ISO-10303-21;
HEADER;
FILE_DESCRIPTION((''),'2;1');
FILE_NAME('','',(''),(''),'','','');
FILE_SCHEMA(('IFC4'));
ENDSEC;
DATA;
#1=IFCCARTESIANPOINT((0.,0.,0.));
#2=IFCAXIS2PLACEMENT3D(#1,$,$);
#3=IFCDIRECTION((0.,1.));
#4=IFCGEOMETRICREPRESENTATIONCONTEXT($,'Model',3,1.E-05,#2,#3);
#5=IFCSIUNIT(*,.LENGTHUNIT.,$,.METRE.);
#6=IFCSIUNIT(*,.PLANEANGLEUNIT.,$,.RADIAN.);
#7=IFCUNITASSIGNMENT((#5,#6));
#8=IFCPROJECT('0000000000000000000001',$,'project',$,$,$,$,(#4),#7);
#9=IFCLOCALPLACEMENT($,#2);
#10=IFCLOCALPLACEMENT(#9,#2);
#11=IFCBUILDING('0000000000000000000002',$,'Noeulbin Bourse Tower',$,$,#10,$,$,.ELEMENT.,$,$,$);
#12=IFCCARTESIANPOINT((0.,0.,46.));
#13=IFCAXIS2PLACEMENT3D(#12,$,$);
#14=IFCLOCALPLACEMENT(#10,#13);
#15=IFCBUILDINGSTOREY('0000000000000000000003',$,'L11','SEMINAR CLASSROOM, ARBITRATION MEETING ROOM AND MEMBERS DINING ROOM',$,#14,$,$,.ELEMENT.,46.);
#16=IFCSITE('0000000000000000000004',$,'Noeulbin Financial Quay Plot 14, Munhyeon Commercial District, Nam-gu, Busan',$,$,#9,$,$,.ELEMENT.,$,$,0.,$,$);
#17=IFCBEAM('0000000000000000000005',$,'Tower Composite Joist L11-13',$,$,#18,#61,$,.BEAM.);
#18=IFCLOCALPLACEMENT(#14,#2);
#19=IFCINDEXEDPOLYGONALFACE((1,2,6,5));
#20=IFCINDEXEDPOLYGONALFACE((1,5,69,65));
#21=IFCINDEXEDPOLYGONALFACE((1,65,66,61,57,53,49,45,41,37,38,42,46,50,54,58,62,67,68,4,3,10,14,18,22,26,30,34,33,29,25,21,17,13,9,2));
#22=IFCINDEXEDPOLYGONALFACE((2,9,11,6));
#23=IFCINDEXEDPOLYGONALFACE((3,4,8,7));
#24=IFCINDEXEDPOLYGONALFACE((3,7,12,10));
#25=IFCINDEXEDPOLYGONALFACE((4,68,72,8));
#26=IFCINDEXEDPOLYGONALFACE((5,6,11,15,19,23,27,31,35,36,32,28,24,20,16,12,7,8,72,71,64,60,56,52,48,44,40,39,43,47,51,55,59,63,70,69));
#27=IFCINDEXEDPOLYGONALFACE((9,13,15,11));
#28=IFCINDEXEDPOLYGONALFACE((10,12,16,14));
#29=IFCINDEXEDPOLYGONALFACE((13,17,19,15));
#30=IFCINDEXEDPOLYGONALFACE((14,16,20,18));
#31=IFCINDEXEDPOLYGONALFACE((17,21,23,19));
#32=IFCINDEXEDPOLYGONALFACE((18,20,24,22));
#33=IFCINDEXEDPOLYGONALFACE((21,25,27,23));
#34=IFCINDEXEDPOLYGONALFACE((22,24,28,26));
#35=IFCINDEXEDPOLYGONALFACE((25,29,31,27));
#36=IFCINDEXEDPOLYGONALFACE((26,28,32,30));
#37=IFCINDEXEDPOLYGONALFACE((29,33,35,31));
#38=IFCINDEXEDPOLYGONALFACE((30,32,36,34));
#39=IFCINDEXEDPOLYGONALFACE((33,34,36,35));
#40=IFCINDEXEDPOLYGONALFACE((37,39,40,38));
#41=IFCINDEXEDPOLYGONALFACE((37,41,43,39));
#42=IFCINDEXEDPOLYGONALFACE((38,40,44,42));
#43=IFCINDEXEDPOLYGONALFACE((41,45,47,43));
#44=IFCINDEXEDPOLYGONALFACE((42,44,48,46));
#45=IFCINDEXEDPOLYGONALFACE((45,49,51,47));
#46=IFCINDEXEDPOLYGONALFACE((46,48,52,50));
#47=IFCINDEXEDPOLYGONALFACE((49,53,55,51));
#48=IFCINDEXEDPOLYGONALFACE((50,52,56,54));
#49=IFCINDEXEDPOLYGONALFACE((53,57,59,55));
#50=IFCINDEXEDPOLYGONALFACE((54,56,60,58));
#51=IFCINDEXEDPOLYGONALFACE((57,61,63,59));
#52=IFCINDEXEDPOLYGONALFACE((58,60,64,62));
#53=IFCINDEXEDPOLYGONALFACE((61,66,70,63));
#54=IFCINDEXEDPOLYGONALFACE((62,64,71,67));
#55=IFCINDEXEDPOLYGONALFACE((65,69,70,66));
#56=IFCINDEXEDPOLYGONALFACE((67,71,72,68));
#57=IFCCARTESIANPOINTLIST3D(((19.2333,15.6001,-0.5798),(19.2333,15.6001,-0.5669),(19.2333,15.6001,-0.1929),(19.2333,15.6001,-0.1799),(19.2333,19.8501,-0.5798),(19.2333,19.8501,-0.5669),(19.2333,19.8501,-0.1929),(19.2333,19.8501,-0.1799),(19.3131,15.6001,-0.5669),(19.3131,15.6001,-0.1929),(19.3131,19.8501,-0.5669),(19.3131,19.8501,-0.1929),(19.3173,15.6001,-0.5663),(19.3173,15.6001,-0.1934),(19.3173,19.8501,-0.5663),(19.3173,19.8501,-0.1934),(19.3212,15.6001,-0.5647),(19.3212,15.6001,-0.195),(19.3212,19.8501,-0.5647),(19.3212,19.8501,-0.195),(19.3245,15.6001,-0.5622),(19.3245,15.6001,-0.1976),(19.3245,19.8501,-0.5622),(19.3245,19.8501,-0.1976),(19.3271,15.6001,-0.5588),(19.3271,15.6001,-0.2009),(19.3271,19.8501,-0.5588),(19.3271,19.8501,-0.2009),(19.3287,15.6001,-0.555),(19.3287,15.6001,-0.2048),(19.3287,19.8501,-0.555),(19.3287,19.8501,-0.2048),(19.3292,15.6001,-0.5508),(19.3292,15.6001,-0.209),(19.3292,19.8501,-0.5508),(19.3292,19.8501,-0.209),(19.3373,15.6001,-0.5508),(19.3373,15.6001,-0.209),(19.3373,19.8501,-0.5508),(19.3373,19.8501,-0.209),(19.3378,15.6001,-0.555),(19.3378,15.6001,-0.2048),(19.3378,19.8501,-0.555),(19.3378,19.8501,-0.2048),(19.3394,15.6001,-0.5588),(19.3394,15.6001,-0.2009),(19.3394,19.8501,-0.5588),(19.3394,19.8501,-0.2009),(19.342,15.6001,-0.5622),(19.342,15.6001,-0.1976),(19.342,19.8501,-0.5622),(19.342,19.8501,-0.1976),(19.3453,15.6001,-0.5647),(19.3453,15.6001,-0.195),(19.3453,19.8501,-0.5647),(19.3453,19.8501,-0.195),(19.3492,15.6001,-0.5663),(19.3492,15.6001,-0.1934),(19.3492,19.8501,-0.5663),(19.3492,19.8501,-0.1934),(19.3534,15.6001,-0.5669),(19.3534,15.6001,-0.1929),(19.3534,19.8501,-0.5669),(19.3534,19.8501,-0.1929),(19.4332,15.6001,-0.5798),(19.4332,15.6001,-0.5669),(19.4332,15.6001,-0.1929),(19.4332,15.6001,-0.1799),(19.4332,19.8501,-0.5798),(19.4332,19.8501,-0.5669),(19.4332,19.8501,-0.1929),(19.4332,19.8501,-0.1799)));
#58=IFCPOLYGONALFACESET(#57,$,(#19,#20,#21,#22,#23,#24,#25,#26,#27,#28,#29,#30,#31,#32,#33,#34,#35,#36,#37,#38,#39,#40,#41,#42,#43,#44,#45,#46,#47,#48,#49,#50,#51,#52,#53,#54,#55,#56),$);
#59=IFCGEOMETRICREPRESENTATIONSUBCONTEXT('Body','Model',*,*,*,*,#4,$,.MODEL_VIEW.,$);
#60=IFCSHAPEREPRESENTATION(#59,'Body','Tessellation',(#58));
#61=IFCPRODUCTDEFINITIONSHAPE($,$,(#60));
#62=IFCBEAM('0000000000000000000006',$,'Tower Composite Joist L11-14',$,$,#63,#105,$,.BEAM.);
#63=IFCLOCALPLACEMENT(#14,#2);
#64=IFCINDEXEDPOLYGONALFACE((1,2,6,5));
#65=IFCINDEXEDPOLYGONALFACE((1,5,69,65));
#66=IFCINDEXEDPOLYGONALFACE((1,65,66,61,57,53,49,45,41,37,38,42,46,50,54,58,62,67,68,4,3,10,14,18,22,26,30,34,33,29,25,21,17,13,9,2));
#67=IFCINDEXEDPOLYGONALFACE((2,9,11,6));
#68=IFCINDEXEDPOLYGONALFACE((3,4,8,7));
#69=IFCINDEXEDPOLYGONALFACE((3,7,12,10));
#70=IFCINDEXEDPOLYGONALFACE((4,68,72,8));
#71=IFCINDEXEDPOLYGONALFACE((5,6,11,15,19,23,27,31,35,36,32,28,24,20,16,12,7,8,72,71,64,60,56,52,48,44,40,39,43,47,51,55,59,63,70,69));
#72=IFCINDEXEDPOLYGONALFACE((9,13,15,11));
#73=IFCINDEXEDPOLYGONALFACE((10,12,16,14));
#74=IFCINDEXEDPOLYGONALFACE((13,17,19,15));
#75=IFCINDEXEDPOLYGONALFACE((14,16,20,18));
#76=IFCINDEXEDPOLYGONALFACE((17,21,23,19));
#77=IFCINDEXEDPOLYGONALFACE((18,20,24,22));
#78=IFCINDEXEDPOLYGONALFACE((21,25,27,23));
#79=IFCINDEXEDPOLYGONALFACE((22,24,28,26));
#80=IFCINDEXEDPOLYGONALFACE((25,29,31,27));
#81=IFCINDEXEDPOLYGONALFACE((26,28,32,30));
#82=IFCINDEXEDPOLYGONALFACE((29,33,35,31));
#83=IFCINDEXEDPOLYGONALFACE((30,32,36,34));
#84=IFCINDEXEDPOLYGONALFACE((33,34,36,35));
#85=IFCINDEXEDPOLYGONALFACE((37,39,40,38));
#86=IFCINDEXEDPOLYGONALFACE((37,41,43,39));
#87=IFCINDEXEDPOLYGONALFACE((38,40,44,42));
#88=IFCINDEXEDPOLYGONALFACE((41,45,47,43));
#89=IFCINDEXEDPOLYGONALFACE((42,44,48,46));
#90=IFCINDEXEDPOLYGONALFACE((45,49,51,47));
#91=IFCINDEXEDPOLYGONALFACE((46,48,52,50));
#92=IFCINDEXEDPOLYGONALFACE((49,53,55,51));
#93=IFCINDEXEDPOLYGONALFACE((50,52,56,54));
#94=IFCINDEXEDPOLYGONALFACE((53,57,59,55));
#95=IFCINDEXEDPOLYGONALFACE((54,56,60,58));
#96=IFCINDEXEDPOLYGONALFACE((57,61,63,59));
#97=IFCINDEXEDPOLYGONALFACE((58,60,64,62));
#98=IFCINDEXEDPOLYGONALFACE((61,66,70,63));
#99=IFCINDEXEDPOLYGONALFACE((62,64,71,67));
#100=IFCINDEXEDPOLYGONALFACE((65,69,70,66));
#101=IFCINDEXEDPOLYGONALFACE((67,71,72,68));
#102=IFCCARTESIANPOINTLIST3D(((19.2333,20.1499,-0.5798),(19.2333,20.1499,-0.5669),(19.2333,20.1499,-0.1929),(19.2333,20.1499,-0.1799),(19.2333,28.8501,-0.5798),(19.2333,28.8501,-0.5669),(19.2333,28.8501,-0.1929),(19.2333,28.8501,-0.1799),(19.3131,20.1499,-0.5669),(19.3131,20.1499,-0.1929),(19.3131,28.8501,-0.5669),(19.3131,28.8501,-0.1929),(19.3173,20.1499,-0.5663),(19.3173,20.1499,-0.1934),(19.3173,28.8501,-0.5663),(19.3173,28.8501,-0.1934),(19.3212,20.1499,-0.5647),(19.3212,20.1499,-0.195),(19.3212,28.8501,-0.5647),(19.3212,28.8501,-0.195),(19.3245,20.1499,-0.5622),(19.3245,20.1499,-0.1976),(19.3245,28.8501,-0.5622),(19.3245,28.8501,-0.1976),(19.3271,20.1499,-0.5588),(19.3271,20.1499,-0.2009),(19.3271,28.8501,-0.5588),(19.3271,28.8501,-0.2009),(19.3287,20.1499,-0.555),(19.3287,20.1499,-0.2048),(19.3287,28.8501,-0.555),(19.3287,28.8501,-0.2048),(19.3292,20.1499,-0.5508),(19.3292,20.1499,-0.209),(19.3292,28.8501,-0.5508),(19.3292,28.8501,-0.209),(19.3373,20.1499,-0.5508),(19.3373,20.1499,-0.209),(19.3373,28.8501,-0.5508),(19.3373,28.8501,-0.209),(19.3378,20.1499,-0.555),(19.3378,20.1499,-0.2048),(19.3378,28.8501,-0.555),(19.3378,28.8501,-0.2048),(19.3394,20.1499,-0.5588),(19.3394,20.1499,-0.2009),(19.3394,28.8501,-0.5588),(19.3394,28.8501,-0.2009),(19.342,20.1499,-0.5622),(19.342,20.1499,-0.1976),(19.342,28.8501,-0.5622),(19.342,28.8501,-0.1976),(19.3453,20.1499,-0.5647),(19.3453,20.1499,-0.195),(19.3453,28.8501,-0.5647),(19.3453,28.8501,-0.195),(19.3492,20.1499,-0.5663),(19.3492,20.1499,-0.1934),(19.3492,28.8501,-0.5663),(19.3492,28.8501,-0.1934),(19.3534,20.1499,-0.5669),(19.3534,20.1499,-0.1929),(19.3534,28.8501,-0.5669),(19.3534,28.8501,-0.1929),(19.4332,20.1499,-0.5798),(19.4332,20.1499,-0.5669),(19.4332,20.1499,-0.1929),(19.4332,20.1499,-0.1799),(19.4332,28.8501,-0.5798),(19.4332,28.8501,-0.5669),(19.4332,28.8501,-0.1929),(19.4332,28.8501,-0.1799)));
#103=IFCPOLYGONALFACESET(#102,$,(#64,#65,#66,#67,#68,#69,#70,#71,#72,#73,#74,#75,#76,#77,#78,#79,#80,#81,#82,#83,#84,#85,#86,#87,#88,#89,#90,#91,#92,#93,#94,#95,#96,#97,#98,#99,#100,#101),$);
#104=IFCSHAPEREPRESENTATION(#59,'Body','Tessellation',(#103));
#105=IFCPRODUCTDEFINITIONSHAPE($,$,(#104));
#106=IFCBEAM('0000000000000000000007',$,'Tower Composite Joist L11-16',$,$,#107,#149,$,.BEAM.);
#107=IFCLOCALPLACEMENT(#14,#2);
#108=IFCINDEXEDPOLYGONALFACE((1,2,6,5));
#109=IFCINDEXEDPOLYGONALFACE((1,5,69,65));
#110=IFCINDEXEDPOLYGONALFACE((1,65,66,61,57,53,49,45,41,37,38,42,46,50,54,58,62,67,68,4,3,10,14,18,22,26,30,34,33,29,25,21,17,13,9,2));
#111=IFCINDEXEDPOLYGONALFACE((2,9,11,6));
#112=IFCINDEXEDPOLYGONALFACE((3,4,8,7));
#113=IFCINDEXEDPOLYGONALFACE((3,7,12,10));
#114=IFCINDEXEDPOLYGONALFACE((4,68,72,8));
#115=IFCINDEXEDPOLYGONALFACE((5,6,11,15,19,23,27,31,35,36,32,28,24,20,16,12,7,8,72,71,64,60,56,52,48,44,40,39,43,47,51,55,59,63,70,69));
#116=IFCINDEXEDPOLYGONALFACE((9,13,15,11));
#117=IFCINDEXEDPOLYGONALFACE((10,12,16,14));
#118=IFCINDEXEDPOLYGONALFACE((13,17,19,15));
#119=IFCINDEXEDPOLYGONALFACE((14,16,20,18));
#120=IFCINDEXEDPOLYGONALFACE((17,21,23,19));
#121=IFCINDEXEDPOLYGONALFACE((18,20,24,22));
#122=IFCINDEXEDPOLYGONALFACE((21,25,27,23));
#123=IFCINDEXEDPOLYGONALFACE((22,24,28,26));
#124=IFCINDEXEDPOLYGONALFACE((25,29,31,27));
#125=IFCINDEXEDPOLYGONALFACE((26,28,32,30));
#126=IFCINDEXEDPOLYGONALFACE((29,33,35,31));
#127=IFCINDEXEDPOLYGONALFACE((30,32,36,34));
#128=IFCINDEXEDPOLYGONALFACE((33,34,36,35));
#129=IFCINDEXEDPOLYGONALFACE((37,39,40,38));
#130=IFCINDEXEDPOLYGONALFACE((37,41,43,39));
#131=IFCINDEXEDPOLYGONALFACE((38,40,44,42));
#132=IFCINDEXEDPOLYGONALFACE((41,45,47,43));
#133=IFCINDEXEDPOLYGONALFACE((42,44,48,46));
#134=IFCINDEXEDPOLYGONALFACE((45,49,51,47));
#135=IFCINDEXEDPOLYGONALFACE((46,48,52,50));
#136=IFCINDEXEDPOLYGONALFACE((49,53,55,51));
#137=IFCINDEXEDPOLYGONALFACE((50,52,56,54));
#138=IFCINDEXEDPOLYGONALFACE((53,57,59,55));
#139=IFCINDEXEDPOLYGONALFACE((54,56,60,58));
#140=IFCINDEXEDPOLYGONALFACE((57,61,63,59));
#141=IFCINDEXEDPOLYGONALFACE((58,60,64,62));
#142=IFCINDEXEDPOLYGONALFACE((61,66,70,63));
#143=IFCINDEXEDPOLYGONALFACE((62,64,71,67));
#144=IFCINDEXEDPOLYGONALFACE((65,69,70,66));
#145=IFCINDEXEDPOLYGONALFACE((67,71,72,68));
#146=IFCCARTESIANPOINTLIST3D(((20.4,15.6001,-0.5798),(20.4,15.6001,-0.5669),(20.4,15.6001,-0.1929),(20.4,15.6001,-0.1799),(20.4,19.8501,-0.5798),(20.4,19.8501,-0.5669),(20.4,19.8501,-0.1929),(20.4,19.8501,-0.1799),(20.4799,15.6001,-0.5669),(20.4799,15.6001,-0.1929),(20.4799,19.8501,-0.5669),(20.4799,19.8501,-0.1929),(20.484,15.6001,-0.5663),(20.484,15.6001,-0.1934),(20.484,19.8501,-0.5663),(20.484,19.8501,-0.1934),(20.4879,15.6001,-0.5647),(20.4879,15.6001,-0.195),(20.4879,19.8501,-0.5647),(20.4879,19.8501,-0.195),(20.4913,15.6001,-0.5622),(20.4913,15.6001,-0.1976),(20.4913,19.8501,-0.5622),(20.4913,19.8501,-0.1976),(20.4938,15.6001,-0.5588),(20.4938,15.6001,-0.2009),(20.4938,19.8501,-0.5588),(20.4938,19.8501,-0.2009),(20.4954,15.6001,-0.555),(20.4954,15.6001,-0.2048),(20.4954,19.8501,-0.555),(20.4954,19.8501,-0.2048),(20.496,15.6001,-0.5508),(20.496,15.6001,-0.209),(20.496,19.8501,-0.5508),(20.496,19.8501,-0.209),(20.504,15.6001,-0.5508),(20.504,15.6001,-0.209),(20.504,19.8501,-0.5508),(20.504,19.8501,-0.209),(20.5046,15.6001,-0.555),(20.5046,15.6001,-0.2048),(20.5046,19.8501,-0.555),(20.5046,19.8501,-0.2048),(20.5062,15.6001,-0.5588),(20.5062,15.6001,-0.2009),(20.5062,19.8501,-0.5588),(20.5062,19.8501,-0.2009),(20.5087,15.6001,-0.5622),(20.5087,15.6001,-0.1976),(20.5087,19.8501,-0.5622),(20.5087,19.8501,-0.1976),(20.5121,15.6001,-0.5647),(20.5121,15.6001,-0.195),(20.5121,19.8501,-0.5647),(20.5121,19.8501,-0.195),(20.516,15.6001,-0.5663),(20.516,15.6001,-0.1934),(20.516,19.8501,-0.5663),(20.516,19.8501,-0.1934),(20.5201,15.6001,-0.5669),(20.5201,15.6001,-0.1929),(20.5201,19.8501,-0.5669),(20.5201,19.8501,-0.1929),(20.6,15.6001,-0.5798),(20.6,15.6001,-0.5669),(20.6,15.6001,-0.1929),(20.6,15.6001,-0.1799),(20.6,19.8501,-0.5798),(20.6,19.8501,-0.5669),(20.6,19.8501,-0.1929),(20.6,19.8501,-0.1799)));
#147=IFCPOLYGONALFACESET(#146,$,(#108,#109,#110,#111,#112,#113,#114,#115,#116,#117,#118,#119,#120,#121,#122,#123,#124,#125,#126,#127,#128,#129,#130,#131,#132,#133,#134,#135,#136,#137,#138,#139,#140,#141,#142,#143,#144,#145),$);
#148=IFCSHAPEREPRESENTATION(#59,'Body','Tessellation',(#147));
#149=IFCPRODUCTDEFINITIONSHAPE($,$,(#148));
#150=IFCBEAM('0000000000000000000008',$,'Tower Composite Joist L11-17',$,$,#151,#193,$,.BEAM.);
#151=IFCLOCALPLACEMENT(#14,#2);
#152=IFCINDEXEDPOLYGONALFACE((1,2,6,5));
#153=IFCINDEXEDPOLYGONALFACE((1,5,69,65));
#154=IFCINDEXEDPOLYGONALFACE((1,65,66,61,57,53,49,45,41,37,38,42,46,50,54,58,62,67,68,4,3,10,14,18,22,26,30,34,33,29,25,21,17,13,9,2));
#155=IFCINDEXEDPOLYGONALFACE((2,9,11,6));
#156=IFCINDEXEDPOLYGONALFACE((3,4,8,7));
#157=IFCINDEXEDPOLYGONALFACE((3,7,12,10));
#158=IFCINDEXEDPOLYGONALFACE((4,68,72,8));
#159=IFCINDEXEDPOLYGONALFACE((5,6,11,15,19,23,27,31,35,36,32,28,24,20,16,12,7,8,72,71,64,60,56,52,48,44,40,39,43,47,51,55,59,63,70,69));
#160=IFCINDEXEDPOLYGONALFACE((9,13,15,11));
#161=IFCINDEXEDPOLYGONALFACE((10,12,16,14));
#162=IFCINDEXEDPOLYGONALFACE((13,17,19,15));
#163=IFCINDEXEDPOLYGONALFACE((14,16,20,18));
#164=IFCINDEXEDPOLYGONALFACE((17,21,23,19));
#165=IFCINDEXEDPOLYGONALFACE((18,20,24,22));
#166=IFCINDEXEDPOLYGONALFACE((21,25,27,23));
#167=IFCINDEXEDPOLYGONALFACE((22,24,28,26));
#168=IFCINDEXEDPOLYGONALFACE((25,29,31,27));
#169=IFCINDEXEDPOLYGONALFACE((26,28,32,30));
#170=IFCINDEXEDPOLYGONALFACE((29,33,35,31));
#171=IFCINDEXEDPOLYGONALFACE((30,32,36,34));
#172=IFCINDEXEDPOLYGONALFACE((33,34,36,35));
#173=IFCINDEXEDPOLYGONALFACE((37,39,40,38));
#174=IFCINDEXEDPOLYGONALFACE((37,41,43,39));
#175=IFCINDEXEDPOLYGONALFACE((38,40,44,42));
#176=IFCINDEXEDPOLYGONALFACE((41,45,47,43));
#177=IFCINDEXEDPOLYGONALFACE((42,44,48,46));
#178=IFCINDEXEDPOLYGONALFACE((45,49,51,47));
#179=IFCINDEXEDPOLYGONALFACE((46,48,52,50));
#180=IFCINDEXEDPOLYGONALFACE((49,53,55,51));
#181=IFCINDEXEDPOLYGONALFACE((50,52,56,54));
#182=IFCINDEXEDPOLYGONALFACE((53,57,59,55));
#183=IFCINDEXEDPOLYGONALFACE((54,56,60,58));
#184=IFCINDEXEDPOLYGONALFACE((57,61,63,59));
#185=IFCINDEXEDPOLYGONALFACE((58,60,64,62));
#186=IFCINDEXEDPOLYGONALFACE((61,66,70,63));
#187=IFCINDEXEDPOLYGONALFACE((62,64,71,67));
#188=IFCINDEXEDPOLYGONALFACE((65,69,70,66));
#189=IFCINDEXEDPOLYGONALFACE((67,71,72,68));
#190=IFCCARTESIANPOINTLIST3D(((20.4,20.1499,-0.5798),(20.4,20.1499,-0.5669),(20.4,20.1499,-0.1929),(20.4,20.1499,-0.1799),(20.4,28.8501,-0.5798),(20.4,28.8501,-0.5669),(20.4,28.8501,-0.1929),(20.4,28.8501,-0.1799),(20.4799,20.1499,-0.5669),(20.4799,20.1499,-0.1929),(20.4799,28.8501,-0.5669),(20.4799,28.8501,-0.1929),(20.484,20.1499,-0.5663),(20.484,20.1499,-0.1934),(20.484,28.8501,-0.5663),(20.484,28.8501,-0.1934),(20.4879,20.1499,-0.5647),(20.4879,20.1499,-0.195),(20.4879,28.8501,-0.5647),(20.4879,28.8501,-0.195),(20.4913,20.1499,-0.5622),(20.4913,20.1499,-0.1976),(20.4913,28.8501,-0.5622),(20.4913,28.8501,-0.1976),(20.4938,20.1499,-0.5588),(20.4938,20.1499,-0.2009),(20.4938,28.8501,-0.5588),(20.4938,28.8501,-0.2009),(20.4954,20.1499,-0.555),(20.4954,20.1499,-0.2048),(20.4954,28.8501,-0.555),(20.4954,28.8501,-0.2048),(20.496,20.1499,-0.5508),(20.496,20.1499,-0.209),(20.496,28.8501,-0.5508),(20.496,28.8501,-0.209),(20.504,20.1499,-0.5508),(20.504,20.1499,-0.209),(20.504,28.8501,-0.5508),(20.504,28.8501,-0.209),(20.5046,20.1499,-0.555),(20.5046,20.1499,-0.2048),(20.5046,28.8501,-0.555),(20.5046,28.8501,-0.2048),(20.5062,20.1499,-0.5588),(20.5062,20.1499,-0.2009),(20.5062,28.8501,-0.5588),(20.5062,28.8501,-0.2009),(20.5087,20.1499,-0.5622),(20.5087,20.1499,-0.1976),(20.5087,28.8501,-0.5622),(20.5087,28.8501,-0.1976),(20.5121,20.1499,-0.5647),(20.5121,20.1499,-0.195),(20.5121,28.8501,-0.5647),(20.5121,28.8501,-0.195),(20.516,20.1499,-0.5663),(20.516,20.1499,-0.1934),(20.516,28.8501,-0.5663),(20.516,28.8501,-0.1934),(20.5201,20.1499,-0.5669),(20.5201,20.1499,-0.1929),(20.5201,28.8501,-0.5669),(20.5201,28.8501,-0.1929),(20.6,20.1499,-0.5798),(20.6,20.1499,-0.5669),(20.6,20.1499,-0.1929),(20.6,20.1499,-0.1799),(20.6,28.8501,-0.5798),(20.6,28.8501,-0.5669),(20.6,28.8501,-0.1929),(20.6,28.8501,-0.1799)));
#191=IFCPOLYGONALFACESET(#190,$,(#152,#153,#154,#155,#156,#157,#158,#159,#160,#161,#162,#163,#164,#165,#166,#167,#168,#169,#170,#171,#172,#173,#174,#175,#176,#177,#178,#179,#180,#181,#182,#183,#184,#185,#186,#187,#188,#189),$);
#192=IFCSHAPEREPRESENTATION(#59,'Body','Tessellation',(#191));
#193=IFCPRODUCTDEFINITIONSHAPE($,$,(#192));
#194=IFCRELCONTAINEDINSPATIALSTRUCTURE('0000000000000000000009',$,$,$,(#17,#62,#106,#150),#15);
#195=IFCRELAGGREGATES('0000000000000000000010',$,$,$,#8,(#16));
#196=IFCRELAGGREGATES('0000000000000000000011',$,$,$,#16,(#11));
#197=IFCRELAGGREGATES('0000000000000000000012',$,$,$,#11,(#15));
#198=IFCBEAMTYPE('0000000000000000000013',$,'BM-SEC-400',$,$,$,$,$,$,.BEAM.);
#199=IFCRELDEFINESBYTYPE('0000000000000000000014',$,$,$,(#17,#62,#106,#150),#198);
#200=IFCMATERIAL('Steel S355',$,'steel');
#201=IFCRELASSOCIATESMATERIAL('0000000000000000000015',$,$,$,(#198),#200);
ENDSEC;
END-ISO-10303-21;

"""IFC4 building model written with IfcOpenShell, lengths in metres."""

from ifc_helpers import new_model, si_unit, direction, frame, origin, origin_2d, place, context, subcontext, project, spatial, i_section, extrude, material, material_profile, profile_set, type_object, element, save


model = new_model("IFC4")

# Units and contexts
model_context = context("Model", 3, precision=1e-05, world=origin(), true_north=direction((0.0, 1.0)))
body_context = subcontext(model_context, "Body", "Model", "MODEL_VIEW")
ifc_project = project(units=[si_unit("LENGTHUNIT", "METRE"), si_unit("PLANEANGLEUNIT", "RADIAN")], contexts=[model_context])

# Site, building, storey
site_placement = place(None, origin())
site = spatial("IfcSite", under=ifc_project, at=site_placement, Name="Noeulbin Financial Quay Plot 14, Munhyeon Commercial District, Nam-gu, Busan", CompositionType="ELEMENT", RefElevation=0.0)
building_placement = place(site_placement, origin())
building = spatial("IfcBuilding", under=site, at=building_placement, Name="Noeulbin Bourse Tower", CompositionType="ELEMENT")
storey_placement = place(building_placement, frame((0.0, 0.0, 46.0)))
storey = spatial("IfcBuildingStorey", under=building, at=storey_placement, Name="L11", Description="SEMINAR CLASSROOM, ARBITRATION MEETING ROOM AND MEMBERS DINING ROOM", CompositionType="ELEMENT", Elevation=46.0)

# Beams
ifc_material_1 = material(Name="Steel S355", Category="steel")
ifc_material_profile_1 = material_profile(ifc_material_1, i_section(OverallWidth=0.2, OverallDepth=0.3999, WebThickness=0.0081, FlangeThickness=0.0129, FilletRadius=0.0161, at=origin_2d()), Name="H-400x200x8x13", Category="LoadBearing")
ifc_profile_set_1 = profile_set([ifc_material_profile_1], Name="Steel S355")
beam_type = type_object("IfcBeamType", Name="BM-SEC-400", PredefinedType="BEAM", material=ifc_profile_set_1)
beam_1_placement = place(storey_placement, frame((19.3333, 15.6001, -0.3799), z_axis=(0.0, 1.0, 0.0), x_axis=(-1.0, 0.0, 0.0)))
element("IfcBeam", 1, at=beam_1_placement, inside=storey, type_object=beam_type, Name="Tower Composite Joist L11-13", PredefinedType="BEAM", context=body_context, shape_type="SweptSolid", body=[
    extrude(i_section(OverallWidth=0.2, OverallDepth=0.3999, WebThickness=0.0081, FlangeThickness=0.0129, FilletRadius=0.0161, at=origin_2d()), origin(), (0.0, 0.0, 1.0), 4.25),
])
beam_2_placement = place(storey_placement, frame((19.3333, 20.1499, -0.3799), z_axis=(0.0, 1.0, 0.0), x_axis=(-1.0, 0.0, 0.0)))
element("IfcBeam", 2, at=beam_2_placement, inside=storey, type_object=beam_type, Name="Tower Composite Joist L11-14", PredefinedType="BEAM", context=body_context, shape_type="SweptSolid", body=[
    extrude(i_section(OverallWidth=0.2, OverallDepth=0.3999, WebThickness=0.0081, FlangeThickness=0.0129, FilletRadius=0.0161, at=origin_2d()), origin(), (0.0, 0.0, 1.0), 8.7002),
])
beam_3_placement = place(storey_placement, frame((20.5, 15.6001, -0.3799), z_axis=(0.0, 1.0, 0.0), x_axis=(-1.0, 0.0, 0.0)))
element("IfcBeam", 3, at=beam_3_placement, inside=storey, type_object=beam_type, Name="Tower Composite Joist L11-16", PredefinedType="BEAM", context=body_context, shape_type="SweptSolid", body=[
    extrude(i_section(OverallWidth=0.2, OverallDepth=0.3999, WebThickness=0.0081, FlangeThickness=0.0129, FilletRadius=0.0161, at=origin_2d()), origin(), (0.0, 0.0, 1.0), 4.25),
])
beam_4_placement = place(storey_placement, frame((20.5, 20.1499, -0.3799), z_axis=(0.0, 1.0, 0.0), x_axis=(-1.0, 0.0, 0.0)))
element("IfcBeam", 4, at=beam_4_placement, inside=storey, type_object=beam_type, Name="Tower Composite Joist L11-17", PredefinedType="BEAM", context=body_context, shape_type="SweptSolid", body=[
    extrude(i_section(OverallWidth=0.2, OverallDepth=0.3999, WebThickness=0.0081, FlangeThickness=0.0129, FilletRadius=0.0161, at=origin_2d()), origin(), (0.0, 0.0, 1.0), 8.7002),
])

save(model, "model.ifc")
